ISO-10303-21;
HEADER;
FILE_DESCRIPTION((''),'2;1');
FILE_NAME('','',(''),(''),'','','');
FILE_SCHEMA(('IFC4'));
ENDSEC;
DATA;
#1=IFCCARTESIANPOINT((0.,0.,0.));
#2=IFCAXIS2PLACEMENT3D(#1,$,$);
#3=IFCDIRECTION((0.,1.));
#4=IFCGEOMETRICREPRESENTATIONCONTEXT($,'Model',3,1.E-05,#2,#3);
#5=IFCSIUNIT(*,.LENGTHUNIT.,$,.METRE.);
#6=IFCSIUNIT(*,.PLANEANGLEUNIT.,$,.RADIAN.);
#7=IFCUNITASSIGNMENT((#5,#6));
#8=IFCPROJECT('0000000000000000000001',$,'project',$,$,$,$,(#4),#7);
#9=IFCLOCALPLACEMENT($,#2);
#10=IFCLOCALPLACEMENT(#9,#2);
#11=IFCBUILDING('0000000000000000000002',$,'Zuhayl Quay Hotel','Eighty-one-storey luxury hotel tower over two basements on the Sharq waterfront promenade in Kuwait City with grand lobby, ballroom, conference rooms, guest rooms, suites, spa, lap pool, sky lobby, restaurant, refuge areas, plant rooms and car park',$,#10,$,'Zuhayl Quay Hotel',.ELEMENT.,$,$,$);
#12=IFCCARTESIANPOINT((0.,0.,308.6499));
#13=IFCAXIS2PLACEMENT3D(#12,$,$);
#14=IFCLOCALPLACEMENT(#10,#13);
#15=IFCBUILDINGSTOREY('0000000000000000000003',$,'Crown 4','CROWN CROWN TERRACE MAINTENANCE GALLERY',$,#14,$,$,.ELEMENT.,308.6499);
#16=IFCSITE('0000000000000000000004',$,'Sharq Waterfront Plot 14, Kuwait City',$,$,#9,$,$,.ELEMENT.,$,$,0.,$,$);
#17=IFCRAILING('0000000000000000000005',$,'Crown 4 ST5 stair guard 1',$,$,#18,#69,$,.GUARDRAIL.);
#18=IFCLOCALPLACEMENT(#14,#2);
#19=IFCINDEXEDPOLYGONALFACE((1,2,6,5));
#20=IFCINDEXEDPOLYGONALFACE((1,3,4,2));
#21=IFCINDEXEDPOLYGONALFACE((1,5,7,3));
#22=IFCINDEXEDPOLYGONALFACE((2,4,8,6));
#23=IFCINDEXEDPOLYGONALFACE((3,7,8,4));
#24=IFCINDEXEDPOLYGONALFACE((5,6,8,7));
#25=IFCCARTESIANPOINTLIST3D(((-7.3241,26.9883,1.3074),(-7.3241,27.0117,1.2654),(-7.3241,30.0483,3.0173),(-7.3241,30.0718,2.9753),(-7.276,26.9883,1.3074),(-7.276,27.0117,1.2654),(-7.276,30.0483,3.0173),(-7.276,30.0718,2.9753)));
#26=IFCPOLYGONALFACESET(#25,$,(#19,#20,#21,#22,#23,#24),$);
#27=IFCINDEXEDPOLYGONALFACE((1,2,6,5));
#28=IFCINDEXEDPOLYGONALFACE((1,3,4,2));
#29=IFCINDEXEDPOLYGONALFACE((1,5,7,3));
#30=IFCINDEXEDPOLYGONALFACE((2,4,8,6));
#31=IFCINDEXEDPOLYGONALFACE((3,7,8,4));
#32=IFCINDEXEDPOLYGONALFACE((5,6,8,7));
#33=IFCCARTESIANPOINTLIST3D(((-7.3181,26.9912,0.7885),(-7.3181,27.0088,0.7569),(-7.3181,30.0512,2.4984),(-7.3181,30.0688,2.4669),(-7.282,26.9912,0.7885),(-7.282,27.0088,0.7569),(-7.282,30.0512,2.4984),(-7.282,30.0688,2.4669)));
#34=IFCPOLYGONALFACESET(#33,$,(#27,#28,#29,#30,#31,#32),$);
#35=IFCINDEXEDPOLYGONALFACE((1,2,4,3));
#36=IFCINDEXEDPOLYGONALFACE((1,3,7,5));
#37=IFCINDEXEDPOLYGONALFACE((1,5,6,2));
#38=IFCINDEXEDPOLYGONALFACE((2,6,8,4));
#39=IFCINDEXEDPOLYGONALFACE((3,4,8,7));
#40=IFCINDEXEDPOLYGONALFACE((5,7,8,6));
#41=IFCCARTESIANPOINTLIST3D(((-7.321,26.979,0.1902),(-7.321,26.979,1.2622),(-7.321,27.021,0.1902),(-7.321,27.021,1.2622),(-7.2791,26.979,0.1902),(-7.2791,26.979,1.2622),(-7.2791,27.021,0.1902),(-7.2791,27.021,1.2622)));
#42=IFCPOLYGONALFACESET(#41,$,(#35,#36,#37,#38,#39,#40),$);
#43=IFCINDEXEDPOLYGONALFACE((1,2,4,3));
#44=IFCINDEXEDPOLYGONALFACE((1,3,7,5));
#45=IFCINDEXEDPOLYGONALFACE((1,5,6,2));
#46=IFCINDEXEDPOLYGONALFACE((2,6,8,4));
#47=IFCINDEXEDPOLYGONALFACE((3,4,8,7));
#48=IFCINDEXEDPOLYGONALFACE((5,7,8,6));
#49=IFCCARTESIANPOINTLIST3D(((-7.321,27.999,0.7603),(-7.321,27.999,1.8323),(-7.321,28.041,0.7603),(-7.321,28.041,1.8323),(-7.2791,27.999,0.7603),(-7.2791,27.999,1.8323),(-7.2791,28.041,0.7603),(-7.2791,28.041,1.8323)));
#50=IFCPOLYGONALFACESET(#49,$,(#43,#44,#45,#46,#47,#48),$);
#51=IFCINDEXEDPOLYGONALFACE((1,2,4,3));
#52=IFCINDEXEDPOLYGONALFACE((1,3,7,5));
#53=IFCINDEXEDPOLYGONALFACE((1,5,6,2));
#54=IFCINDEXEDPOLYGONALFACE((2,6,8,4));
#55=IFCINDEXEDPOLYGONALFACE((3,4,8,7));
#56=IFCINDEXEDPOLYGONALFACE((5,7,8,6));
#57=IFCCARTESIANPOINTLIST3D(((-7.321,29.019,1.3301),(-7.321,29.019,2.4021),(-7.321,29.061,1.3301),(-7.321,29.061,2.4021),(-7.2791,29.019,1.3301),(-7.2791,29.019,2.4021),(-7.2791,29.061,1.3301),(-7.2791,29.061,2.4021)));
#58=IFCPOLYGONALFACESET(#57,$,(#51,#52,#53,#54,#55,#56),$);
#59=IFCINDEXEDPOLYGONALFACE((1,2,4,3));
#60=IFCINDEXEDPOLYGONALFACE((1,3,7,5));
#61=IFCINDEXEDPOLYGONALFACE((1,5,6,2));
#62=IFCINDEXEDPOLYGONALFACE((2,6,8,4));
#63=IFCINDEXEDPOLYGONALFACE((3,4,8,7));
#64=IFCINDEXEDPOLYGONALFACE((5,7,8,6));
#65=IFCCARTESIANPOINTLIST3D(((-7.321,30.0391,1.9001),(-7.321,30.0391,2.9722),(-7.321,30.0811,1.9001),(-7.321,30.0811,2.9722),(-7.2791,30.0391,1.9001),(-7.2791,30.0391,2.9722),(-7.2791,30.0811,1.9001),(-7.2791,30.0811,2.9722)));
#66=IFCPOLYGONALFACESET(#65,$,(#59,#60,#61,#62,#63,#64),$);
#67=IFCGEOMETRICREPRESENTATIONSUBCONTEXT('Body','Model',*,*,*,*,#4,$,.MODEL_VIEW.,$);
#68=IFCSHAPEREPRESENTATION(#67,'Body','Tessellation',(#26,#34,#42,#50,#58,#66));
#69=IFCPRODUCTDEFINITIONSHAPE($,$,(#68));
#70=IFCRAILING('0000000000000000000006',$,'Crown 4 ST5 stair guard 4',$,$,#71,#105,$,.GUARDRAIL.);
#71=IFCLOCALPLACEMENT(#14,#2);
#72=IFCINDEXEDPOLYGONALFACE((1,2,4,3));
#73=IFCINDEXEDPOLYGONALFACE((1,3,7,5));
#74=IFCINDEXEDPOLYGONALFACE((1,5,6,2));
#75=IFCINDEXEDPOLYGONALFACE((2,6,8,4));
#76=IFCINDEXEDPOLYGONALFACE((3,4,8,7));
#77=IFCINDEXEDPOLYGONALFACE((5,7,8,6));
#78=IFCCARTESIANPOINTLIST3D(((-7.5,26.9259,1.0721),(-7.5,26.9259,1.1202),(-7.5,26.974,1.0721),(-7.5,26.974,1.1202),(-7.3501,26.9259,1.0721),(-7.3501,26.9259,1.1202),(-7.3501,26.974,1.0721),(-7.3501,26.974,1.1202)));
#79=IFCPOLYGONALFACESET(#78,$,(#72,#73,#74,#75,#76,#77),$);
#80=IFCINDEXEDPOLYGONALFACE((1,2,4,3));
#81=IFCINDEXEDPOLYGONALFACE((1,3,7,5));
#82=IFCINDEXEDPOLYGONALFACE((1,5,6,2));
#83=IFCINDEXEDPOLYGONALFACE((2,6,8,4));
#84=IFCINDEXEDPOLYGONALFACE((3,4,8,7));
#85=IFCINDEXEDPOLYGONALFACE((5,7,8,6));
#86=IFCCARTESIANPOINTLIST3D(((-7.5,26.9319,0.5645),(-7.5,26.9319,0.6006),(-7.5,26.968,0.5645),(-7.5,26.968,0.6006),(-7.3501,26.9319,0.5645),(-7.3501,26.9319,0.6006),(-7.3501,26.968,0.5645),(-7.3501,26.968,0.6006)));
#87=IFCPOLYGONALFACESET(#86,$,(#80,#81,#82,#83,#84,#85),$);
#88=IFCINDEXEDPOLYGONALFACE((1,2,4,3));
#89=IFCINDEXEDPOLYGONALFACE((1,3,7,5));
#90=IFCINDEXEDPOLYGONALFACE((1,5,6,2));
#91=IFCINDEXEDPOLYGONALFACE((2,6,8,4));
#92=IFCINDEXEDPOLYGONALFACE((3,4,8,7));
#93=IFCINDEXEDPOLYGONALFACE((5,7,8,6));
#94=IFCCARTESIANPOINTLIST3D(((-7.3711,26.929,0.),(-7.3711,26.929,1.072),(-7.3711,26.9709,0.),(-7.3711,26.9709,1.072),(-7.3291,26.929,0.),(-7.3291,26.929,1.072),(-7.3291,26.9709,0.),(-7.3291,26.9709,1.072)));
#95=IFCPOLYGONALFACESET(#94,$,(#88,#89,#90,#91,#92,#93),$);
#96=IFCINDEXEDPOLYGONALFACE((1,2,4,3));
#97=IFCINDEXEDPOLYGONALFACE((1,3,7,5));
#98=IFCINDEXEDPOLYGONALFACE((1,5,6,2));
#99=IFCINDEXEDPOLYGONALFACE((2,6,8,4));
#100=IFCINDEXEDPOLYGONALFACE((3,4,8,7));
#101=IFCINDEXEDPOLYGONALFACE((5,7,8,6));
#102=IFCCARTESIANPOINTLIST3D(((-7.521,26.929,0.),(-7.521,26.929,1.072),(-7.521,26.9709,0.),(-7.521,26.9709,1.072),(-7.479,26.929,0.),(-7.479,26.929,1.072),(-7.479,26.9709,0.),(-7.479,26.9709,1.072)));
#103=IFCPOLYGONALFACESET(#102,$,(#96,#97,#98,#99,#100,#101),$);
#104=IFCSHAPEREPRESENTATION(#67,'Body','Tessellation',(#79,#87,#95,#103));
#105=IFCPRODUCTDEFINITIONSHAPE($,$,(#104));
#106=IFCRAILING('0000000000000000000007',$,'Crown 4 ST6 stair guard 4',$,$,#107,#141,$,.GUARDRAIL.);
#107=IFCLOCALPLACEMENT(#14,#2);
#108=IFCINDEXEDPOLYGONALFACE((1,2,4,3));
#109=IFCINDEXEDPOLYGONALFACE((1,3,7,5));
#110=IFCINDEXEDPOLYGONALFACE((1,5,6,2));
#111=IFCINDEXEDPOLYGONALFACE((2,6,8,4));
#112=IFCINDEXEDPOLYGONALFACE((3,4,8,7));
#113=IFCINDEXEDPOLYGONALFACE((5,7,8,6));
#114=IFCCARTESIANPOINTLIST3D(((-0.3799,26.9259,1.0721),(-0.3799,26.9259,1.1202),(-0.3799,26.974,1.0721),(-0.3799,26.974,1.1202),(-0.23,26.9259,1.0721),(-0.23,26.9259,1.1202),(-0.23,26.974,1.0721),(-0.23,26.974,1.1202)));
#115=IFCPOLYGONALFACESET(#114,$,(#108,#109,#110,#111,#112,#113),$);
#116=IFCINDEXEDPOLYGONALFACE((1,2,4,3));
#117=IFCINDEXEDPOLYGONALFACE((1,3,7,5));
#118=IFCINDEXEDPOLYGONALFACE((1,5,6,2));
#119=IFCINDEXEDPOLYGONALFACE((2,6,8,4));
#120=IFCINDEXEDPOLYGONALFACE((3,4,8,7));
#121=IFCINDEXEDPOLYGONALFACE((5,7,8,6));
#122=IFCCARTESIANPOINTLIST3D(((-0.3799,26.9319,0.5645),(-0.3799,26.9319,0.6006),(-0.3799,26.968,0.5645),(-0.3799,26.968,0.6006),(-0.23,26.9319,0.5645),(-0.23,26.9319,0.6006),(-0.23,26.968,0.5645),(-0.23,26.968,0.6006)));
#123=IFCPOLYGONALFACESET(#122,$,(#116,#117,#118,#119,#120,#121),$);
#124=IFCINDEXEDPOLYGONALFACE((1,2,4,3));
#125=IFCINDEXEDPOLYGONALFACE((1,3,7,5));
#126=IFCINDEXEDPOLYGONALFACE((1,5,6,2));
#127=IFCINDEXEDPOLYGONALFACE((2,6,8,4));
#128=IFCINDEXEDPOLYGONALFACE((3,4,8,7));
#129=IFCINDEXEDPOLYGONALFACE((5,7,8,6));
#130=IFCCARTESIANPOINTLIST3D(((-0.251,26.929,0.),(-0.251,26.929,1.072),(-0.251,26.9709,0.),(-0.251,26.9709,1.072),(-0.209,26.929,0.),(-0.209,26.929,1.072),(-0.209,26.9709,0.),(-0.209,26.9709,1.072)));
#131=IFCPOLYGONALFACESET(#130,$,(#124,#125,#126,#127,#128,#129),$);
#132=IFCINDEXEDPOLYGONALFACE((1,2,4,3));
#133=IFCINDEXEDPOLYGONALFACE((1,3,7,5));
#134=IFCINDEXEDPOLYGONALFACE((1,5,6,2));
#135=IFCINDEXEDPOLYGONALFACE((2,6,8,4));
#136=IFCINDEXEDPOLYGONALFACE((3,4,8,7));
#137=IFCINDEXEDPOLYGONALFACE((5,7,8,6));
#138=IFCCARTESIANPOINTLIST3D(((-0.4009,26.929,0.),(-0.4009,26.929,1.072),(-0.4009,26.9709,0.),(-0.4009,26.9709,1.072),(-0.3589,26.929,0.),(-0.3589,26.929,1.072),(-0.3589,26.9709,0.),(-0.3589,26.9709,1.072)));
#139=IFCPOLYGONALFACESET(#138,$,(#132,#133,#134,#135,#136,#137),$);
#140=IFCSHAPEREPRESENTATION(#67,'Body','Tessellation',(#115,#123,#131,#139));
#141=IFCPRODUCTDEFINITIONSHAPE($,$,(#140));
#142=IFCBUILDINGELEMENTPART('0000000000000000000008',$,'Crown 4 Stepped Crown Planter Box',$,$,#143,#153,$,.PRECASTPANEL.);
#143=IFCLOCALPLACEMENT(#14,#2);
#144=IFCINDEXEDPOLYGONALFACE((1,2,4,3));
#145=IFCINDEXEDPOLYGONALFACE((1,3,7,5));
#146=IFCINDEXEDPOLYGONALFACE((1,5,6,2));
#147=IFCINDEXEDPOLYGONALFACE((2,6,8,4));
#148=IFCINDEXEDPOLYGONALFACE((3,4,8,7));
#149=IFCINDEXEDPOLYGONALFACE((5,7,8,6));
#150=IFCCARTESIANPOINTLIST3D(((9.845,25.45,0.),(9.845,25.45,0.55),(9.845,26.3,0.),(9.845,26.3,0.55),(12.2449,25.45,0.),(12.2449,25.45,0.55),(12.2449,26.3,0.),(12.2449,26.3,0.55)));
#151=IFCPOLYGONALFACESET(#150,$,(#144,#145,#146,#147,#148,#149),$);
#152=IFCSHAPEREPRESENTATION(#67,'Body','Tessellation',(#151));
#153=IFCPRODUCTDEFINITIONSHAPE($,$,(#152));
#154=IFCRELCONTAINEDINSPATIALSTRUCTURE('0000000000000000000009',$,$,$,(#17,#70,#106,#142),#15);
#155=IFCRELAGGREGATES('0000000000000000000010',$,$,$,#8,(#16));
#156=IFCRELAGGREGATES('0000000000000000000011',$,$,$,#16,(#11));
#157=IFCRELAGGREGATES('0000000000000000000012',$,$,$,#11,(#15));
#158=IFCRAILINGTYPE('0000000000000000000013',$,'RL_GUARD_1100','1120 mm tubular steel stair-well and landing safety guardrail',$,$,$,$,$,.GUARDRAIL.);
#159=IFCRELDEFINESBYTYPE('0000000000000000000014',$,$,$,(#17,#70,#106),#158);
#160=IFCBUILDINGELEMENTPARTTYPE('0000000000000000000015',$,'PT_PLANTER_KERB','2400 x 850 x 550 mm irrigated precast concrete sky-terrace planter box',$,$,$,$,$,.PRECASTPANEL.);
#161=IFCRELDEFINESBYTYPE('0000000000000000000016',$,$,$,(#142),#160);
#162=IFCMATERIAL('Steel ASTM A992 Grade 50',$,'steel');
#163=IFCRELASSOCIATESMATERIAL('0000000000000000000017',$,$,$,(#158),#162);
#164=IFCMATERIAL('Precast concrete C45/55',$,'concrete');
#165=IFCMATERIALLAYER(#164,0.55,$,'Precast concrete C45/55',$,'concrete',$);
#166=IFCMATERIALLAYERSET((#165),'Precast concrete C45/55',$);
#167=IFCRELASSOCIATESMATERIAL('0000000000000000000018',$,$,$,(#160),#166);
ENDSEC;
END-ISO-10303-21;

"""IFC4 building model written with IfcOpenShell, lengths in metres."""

from ifc_helpers import new_model, si_unit, direction, frame, origin, origin_2d, place, context, subcontext, project, spatial, rectangle, extrude, material, layer, layer_set, type_object, element, save


model = new_model("IFC4")

# Units and contexts
model_context = context("Model", 3, precision=1e-05, world=origin(), true_north=direction((0.0, 1.0)))
body_context = subcontext(model_context, "Body", "Model", "MODEL_VIEW")
ifc_project = project(units=[si_unit("LENGTHUNIT", "METRE"), si_unit("PLANEANGLEUNIT", "RADIAN")], contexts=[model_context])

# Site, building, storey
site_placement = place(None, origin())
site = spatial("IfcSite", under=ifc_project, at=site_placement, Name="Sharq Waterfront Plot 14, Kuwait City", CompositionType="ELEMENT", RefElevation=0.0)
building_placement = place(site_placement, origin())
building = spatial("IfcBuilding", under=site, at=building_placement, Name="Zuhayl Quay Hotel", Description="Eighty-one-storey luxury hotel tower over two basements on the Sharq waterfront promenade in Kuwait City with grand lobby, ballroom, conference rooms, guest rooms, suites, spa, lap pool, sky lobby, restaurant, refuge areas, plant rooms and car park", LongName="Zuhayl Quay Hotel", CompositionType="ELEMENT")
storey_placement = place(building_placement, frame((0.0, 0.0, 308.6499)))
storey = spatial("IfcBuildingStorey", under=building, at=storey_placement, Name="Crown 4", Description="CROWN CROWN TERRACE MAINTENANCE GALLERY", CompositionType="ELEMENT", Elevation=308.6499)

# Shared definitions
ifc_material_1 = material(Name="Steel ASTM A992 Grade 50", Category="steel")

# Railings
railing_type = type_object("IfcRailingType", Name="RL_GUARD_1100", Description="1120 mm tubular steel stair-well and landing safety guardrail", PredefinedType="GUARDRAIL", material=ifc_material_1)
railing_placement = place(storey_placement, frame((-7.3, 27.0, 0.1902)))
element("IfcRailing", 1, at=railing_placement, inside=storey, type_object=railing_type, Name="Crown 4 ST5 stair guard 1", PredefinedType="GUARDRAIL", context=body_context, shape_type="SweptSolid", body=[
    extrude(rectangle(XDim=0.0481, YDim=0.0481, at=origin_2d()), frame((0.0, 0.0, 1.0962), z_axis=(0.0, 0.872952, 0.487806), x_axis=(-1.0, 0.0, 0.0)), (0.0, 0.0, 1.0), 3.5054),
    extrude(rectangle(XDim=0.0361, YDim=0.0361, at=origin_2d()), frame((0.0, 0.0, 0.5825), z_axis=(0.0, 0.872952, 0.487806), x_axis=(-1.0, 0.0, 0.0)), (0.0, 0.0, 1.0), 3.5054),
    extrude(rectangle(XDim=0.042, YDim=0.042, at=origin_2d()), origin(), (0.0, 0.0, 1.0), 1.072),
    extrude(rectangle(XDim=0.042, YDim=0.042, at=origin_2d()), frame((0.0, 1.02, 0.5701)), (0.0, 0.0, 1.0), 1.072),
    extrude(rectangle(XDim=0.042, YDim=0.042, at=origin_2d()), frame((0.0, 2.04, 1.1399)), (0.0, 0.0, 1.0), 1.072),
    extrude(rectangle(XDim=0.042, YDim=0.042, at=origin_2d()), frame((0.0, 3.0601, 1.71)), (0.0, 0.0, 1.0), 1.072),
])
for number, where, name in (
    (2, (-7.3501, 26.95, 0.0), "Crown 4 ST5 stair guard 4"),
    (3, (-0.23, 26.95, 0.0), "Crown 4 ST6 stair guard 4"),
):
    element("IfcRailing", number, at=place(storey_placement, frame(where)), inside=storey, type_object=railing_type, Name=name, PredefinedType="GUARDRAIL", context=body_context, shape_type="SweptSolid", body=[
        extrude(rectangle(XDim=0.0481, YDim=0.0481, at=origin_2d()), frame((0.0, 0.0, 1.0962), z_axis=(-1.0, 0.0, 0.0), x_axis=(0.0, -1.0, 0.0)), (0.0, 0.0, 1.0), 0.1499),
        extrude(rectangle(XDim=0.0361, YDim=0.0361, at=origin_2d()), frame((0.0, 0.0, 0.5825), z_axis=(-1.0, 0.0, 0.0), x_axis=(0.0, -1.0, 0.0)), (0.0, 0.0, 1.0), 0.1499),
        extrude(rectangle(XDim=0.042, YDim=0.042, at=origin_2d()), origin(), (0.0, 0.0, 1.0), 1.072),
        extrude(rectangle(XDim=0.042, YDim=0.042, at=origin_2d()), frame((-0.1499, 0.0, 0.0)), (0.0, 0.0, 1.0), 1.072),
    ])

# Building element part
ifc_material_2 = material(Name="Precast concrete C45/55", Category="concrete")
ifc_layer_1 = layer(ifc_material_2, 0.55, Name="Precast concrete C45/55", Category="concrete")
ifc_layer_set_1 = layer_set([ifc_layer_1], Name="Precast concrete C45/55")
building_element_part_type = type_object("IfcBuildingElementPartType", Name="PT_PLANTER_KERB", Description="2400 x 850 x 550 mm irrigated precast concrete sky-terrace planter box", PredefinedType="PRECASTPANEL", material=ifc_layer_set_1)
building_element_part_placement = place(storey_placement, frame((11.0449, 25.875, 0.0), z_axis=(0.0, 0.0, 1.0), x_axis=(1.0, 0.0, 0.0)))
element("IfcBuildingElementPart", 4, at=building_element_part_placement, inside=storey, type_object=building_element_part_type, Name="Crown 4 Stepped Crown Planter Box", PredefinedType="PRECASTPANEL", context=body_context, shape_type="SweptSolid", body=[
    extrude(rectangle(XDim=2.3999, YDim=0.8501, at=origin_2d()), origin(), (0.0, 0.0, 1.0), 0.55),
])

save(model, "model.ifc")
